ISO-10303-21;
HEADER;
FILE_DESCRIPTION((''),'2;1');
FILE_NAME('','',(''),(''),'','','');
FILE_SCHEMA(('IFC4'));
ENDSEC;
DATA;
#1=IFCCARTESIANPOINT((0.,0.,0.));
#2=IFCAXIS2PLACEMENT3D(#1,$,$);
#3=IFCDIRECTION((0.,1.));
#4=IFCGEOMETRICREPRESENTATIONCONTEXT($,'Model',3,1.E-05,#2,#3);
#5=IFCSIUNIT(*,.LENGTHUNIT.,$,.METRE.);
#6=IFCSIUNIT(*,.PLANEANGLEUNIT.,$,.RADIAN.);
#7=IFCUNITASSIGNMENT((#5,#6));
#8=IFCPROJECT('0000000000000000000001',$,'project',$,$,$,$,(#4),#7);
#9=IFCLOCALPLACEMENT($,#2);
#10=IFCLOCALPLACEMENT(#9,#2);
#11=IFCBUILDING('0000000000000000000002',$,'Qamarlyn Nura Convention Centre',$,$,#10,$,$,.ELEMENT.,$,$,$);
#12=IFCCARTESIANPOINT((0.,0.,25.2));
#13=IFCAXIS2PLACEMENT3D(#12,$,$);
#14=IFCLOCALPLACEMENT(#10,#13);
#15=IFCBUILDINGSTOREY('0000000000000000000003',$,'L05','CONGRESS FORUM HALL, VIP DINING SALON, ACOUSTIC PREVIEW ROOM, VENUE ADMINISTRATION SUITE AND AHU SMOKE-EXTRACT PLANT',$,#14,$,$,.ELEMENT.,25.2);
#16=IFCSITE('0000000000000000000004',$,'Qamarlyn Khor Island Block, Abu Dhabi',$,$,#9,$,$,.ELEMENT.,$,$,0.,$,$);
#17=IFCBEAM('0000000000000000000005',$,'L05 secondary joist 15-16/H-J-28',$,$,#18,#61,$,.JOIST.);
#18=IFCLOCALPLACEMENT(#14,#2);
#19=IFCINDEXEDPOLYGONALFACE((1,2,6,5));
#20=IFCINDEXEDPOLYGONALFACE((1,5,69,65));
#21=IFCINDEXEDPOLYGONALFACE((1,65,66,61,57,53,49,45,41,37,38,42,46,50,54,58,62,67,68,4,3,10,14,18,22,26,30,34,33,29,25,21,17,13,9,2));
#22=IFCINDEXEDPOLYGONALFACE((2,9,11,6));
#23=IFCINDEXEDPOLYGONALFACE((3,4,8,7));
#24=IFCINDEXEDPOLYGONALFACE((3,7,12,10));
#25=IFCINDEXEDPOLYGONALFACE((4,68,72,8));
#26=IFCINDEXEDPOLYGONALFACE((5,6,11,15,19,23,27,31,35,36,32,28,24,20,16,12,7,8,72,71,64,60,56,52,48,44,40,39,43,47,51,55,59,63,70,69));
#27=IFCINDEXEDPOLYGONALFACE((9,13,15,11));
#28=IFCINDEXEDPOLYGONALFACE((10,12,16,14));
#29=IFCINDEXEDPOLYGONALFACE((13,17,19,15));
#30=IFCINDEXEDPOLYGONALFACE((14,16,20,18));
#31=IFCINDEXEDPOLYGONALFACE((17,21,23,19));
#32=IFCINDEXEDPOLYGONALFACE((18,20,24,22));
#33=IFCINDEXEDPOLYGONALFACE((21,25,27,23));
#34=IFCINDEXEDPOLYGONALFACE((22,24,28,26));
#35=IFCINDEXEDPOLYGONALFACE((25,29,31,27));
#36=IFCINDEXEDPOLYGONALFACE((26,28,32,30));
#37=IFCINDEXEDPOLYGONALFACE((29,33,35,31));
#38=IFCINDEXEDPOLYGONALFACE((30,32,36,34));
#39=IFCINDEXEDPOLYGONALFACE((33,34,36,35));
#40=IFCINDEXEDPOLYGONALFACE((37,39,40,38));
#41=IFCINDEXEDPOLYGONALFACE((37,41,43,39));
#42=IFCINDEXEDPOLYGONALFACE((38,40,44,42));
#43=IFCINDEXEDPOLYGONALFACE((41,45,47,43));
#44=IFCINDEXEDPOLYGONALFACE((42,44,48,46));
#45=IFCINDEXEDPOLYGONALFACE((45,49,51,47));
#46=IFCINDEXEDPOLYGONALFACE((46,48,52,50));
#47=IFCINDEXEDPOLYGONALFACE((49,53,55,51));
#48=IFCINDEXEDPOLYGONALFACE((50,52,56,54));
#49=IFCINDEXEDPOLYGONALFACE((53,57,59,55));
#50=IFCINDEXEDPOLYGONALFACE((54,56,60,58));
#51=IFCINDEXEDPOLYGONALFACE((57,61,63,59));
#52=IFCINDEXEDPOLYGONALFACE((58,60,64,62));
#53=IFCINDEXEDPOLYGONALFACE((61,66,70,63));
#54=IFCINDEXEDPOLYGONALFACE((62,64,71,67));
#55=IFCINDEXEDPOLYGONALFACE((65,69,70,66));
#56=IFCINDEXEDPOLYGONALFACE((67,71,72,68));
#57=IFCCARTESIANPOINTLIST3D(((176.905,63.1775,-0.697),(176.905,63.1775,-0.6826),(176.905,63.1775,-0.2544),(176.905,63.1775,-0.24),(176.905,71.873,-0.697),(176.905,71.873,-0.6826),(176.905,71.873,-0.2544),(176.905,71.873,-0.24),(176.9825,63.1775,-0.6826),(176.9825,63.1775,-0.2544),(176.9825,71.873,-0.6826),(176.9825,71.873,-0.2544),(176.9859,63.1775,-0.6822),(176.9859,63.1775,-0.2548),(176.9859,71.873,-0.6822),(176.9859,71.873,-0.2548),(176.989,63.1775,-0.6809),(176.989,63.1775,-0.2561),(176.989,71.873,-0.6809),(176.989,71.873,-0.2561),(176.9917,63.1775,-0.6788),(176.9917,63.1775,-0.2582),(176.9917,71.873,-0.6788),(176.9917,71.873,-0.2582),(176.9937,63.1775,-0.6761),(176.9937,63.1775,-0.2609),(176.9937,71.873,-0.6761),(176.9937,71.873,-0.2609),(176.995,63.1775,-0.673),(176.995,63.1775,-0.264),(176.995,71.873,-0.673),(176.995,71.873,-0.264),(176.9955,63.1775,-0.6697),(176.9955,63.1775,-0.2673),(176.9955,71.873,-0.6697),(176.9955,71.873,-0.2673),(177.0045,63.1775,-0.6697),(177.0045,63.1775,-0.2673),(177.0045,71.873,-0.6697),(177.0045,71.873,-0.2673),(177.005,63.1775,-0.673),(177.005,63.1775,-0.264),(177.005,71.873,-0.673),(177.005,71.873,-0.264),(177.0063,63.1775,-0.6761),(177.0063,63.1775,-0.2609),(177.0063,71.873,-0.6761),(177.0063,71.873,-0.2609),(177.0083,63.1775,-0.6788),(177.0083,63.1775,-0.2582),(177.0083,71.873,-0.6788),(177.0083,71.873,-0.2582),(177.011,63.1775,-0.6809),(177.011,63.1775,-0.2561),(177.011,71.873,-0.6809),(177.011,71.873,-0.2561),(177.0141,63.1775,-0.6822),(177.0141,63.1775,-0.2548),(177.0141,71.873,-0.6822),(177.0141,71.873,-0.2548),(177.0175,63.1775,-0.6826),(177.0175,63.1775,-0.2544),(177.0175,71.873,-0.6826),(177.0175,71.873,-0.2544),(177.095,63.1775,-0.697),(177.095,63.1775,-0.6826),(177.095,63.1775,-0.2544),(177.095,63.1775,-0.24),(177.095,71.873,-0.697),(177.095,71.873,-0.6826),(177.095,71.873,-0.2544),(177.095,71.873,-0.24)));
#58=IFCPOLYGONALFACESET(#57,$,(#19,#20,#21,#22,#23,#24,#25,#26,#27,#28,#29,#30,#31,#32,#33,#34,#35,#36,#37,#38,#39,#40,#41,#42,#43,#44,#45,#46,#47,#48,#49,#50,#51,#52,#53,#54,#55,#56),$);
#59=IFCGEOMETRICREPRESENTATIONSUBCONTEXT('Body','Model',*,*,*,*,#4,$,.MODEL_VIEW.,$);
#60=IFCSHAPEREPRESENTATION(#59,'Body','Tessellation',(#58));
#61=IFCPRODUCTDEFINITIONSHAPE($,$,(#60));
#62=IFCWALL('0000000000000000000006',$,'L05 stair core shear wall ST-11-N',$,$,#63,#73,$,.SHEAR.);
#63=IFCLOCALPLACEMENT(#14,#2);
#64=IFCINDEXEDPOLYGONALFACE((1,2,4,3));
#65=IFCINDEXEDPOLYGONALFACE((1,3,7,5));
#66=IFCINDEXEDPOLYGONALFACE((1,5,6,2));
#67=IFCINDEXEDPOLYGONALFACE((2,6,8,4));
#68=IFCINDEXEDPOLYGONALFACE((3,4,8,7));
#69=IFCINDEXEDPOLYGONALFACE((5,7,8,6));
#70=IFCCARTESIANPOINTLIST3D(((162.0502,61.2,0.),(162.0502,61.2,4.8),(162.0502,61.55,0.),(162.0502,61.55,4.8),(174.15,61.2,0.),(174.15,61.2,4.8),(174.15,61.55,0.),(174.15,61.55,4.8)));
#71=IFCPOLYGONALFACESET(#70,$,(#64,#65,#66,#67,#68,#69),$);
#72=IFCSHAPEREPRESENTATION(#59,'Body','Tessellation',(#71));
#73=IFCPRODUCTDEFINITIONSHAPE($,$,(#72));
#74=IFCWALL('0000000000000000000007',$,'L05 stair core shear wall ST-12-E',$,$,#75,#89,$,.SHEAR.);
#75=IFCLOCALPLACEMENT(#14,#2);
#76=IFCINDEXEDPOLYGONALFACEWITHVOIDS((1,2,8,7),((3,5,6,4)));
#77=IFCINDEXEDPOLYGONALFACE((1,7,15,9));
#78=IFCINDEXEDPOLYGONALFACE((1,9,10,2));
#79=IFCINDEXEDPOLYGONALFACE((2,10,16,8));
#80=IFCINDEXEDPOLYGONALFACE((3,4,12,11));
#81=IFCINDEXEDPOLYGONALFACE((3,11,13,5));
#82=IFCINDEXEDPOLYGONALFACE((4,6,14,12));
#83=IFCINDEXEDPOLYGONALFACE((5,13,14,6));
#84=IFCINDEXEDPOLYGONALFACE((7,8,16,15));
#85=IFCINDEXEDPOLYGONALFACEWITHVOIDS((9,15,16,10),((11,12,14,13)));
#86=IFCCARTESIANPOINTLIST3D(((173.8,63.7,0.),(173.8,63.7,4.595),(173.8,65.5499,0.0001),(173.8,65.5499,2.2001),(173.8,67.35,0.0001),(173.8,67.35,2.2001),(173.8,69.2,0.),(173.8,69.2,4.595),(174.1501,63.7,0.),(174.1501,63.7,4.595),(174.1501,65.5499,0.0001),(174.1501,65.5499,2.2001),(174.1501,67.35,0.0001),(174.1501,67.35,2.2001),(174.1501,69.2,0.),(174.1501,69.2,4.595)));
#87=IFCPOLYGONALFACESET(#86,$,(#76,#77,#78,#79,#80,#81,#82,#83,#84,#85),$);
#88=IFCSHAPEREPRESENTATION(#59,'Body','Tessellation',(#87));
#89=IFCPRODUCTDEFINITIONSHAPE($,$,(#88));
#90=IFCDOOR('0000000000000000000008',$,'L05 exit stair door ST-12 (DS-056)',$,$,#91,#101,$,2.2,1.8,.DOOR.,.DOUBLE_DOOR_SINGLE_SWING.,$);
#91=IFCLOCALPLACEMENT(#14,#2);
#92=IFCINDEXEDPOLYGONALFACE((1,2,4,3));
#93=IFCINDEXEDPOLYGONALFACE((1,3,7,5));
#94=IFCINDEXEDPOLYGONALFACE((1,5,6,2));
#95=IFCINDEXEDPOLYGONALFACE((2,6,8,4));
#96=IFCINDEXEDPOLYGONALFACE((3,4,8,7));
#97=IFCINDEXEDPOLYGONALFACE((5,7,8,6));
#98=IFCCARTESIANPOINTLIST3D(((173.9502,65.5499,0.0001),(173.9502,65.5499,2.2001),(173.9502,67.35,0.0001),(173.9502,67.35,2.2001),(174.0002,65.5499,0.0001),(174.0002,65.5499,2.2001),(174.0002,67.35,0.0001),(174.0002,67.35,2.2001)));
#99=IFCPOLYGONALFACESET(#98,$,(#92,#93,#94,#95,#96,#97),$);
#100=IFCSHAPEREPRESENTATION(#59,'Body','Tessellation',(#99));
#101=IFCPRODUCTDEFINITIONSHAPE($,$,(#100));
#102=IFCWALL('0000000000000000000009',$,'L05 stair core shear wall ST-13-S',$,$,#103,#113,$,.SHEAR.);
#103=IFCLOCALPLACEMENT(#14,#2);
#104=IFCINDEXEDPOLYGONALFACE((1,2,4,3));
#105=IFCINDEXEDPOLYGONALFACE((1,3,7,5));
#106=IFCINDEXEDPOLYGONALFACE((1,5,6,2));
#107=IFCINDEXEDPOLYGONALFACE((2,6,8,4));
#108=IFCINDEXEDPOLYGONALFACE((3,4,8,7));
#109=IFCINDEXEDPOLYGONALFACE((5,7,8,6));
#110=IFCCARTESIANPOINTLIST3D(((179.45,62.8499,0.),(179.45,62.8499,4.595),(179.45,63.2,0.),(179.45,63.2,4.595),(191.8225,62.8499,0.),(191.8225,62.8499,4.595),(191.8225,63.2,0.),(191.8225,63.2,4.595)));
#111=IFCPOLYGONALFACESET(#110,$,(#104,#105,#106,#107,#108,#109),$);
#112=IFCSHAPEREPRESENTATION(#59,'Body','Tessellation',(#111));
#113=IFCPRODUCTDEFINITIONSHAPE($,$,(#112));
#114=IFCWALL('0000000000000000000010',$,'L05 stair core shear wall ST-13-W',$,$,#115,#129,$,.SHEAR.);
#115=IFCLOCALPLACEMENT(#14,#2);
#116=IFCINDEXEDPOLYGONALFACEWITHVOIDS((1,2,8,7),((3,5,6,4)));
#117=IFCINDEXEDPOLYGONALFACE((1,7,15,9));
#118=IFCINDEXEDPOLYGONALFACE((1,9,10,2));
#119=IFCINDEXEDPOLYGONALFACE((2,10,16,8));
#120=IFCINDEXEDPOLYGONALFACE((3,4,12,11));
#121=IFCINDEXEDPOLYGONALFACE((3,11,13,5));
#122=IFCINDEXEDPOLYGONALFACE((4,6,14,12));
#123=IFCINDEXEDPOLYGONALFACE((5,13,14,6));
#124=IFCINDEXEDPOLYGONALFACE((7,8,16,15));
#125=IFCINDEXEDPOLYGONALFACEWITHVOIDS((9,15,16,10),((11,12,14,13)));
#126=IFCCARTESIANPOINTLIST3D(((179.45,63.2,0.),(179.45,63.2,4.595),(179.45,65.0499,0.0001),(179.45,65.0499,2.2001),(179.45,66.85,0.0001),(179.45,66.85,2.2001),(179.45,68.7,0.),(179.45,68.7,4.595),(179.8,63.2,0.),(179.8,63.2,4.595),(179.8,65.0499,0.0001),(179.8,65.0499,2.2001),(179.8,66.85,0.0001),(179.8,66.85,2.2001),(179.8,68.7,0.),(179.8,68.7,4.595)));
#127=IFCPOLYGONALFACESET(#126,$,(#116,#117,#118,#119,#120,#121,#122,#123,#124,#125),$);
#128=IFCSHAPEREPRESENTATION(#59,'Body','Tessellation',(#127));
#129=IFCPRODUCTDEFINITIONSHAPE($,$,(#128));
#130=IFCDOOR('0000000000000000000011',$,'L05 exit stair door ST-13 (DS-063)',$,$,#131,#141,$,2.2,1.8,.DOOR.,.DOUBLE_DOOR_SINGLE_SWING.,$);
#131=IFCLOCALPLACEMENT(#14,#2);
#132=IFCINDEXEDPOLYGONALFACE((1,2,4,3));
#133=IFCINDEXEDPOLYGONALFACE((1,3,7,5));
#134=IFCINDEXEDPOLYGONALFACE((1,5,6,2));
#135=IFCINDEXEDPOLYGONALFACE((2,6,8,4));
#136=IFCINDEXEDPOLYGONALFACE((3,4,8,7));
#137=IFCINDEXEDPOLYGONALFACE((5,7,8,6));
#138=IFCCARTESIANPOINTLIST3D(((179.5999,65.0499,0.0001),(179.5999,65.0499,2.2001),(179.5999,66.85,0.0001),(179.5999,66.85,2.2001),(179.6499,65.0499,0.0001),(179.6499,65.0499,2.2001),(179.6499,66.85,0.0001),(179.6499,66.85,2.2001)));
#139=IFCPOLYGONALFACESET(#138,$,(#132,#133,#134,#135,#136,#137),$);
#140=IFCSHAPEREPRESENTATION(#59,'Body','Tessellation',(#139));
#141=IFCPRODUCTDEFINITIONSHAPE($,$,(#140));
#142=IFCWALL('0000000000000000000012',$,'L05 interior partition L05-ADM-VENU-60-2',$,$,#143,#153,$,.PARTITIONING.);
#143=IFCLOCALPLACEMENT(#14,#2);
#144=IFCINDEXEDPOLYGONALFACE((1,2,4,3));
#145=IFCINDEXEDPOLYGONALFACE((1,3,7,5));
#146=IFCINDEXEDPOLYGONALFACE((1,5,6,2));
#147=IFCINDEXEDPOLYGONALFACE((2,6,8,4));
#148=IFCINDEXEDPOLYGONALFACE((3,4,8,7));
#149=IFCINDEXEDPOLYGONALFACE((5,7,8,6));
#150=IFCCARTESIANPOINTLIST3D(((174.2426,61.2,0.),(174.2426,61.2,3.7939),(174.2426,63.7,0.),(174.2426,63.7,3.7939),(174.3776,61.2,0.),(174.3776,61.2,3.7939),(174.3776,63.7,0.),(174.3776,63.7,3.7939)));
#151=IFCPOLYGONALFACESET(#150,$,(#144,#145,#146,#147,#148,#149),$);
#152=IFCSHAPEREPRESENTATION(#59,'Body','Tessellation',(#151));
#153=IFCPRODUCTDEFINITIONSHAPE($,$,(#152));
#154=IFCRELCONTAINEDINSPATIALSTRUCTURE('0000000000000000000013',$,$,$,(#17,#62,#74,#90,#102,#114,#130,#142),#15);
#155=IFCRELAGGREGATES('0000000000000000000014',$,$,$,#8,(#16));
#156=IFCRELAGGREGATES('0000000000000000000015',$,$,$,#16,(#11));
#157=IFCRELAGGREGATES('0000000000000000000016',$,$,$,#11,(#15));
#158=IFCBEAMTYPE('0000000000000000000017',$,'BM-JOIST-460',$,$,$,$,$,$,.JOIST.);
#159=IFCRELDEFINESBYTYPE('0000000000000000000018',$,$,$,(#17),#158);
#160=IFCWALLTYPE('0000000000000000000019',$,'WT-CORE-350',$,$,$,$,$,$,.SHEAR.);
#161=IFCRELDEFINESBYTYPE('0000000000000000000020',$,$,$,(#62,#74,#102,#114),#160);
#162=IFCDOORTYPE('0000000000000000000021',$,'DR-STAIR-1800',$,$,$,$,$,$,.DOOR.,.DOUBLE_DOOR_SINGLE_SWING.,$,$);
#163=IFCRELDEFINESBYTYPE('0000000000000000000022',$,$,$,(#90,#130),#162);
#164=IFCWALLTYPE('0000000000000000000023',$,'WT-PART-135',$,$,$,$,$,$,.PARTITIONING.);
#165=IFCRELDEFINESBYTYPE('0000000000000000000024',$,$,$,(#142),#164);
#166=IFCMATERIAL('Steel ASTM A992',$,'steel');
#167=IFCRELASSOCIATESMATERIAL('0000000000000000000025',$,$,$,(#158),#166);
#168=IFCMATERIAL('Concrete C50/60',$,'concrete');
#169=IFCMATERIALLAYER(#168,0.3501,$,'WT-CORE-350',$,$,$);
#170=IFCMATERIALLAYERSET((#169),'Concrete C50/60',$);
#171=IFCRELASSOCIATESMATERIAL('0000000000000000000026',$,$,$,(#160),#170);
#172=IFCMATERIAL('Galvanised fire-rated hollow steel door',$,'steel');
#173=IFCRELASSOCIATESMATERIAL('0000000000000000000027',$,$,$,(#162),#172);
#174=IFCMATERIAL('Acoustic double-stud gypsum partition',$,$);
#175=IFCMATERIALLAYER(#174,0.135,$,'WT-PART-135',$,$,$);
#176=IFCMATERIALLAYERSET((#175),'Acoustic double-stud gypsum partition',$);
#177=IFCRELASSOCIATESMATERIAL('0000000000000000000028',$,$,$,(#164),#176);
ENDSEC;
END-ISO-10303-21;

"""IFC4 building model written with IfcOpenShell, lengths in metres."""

from ifc_helpers import new_model, si_unit, direction, frame, frame_2d, origin, origin_2d, place, context, subcontext, project, spatial, rectangle, i_section, extrude, material, layer, layer_set, material_profile, profile_set, type_object, element, fill, save


model = new_model("IFC4")

# Units and contexts
model_context = context("Model", 3, precision=1e-05, world=origin(), true_north=direction((0.0, 1.0)))
body_context = subcontext(model_context, "Body", "Model", "MODEL_VIEW")
ifc_project = project(units=[si_unit("LENGTHUNIT", "METRE"), si_unit("PLANEANGLEUNIT", "RADIAN")], contexts=[model_context])

# Site, building, storey
site_placement = place(None, origin())
site = spatial("IfcSite", under=ifc_project, at=site_placement, Name="Qamarlyn Khor Island Block, Abu Dhabi", CompositionType="ELEMENT", RefElevation=0.0)
building_placement = place(site_placement, origin())
building = spatial("IfcBuilding", under=site, at=building_placement, Name="Qamarlyn Nura Convention Centre", CompositionType="ELEMENT")
storey_placement = place(building_placement, frame((0.0, 0.0, 25.2)))
storey = spatial("IfcBuildingStorey", under=building, at=storey_placement, Name="L05", Description="CONGRESS FORUM HALL, VIP DINING SALON, ACOUSTIC PREVIEW ROOM, VENUE ADMINISTRATION SUITE AND AHU SMOKE-EXTRACT PLANT", CompositionType="ELEMENT", Elevation=25.2)

# Shared definitions
ifc_material_1 = material(Name="Steel ASTM A992", Category="steel")

# Beam
ifc_material_profile_1 = material_profile(ifc_material_1, i_section(OverallWidth=0.1899, OverallDepth=0.457, WebThickness=0.009, FlangeThickness=0.0144, FilletRadius=0.0129, at=origin_2d()), Name="W460X74")
ifc_profile_set_1 = profile_set([ifc_material_profile_1], Name="Steel ASTM A992")
beam_type_1 = type_object("IfcBeamType", Name="BM-JOIST-460", PredefinedType="JOIST", material=ifc_profile_set_1)
for number, where, z_axis, x_axis, name in (
    (1, (177.0, 63.1775, -0.4685), (0.0, 1.0, 0.0), (-1.0, 0.0, 0.0), "L05 secondary joist 15-16/H-J-28"),
):
    element("IfcBeam", number, at=place(storey_placement, frame(where, z_axis=z_axis, x_axis=x_axis)), inside=storey, type_object=beam_type_1, Name=name, PredefinedType="JOIST", context=body_context, shape_type="SweptSolid", body=[
        extrude(i_section(OverallWidth=0.1899, OverallDepth=0.457, WebThickness=0.009, FlangeThickness=0.0144, FilletRadius=0.0129, at=origin_2d()), origin(), (0.0, 0.0, 1.0), 8.6956),
    ])

# Wall
ifc_material_2 = material(Name="Concrete C50/60", Category="concrete")
ifc_layer_1 = layer(ifc_material_2, 0.3501, Name="WT-CORE-350")
ifc_layer_set_1 = layer_set([ifc_layer_1], Name="Concrete C50/60")
wall_type_1 = type_object("IfcWallType", Name="WT-CORE-350", PredefinedType="SHEAR", material=ifc_layer_set_1)
wall_1_placement = place(storey_placement, frame((174.1499, 61.375, 0.0), z_axis=(0.0, 0.0, 1.0), x_axis=(-1.0, 0.0, 0.0)))
element("IfcWall", 2, at=wall_1_placement, inside=storey, type_object=wall_type_1, Name="L05 stair core shear wall ST-11-N", PredefinedType="SHEAR", context=body_context, shape_type="SweptSolid", body=[
    extrude(rectangle(XDim=12.0999, YDim=0.3501, at=frame_2d((6.0498, 0.0))), origin(), (0.0, 0.0, 1.0), 4.8),
])

# Wall, opening, door
wall_2_placement = place(storey_placement, frame((173.9751, 63.7, 0.0), z_axis=(0.0, 0.0, 1.0), x_axis=(0.0, 1.0, 0.0)))
wall_2 = element("IfcWall", 3, at=wall_2_placement, inside=storey, type_object=wall_type_1, Name="L05 stair core shear wall ST-12-E", PredefinedType="SHEAR", context=body_context, shape_type="SweptSolid", body=[
    extrude(rectangle(XDim=5.5, YDim=0.3501, at=frame_2d((2.75, 0.0))), origin(), (0.0, 0.0, 1.0), 4.595),
])
opening_1_placement = place(wall_2_placement, frame((1.8501, 0.0, 0.0)))
opening_1 = element("IfcOpeningElement", 4, at=opening_1_placement, cuts=wall_2, PredefinedType="OPENING", context=body_context, shape_type="SweptSolid", body=[
    extrude(rectangle(XDim=1.8, YDim=2.2, at=frame_2d((0.8999, 1.1001))), frame((0.0, 0.1851, 0.0), z_axis=(0.0, -1.0, 0.0), x_axis=(1.0, 0.0, 0.0)), (0.0, 0.0, 1.0), 0.3701),
])
ifc_material_3 = material(Name="Galvanised fire-rated hollow steel door", Category="steel")
door_type_1 = type_object("IfcDoorType", Name="DR-STAIR-1800", OperationType="DOUBLE_DOOR_SINGLE_SWING", PredefinedType="DOOR", material=ifc_material_3)
door_1_placement = place(opening_1_placement, origin())
door_1 = element("IfcDoor", 5, at=door_1_placement, inside=storey, type_object=door_type_1, Name="L05 exit stair door ST-12 (DS-056)", OperationType="DOUBLE_DOOR_SINGLE_SWING", OverallHeight=2.2, OverallWidth=1.8, PredefinedType="DOOR", context=body_context, shape_type="SweptSolid", body=[
    extrude(rectangle(XDim=1.8, YDim=2.2, at=frame_2d((0.8999, 1.1001))), frame((0.0, 0.0249, 0.0), z_axis=(0.0, -1.0, 0.0), x_axis=(1.0, 0.0, 0.0)), (0.0, 0.0, 1.0), 0.05),
])
fill(opening_1, door_1)

# Wall
wall_3_placement = place(storey_placement, frame((179.45, 63.0249, 0.0), z_axis=(0.0, 0.0, 1.0), x_axis=(1.0, 0.0, 0.0)))
element("IfcWall", 6, at=wall_3_placement, inside=storey, type_object=wall_type_1, Name="L05 stair core shear wall ST-13-S", PredefinedType="SHEAR", context=body_context, shape_type="SweptSolid", body=[
    extrude(rectangle(XDim=12.3726, YDim=0.3501, at=frame_2d((6.1863, 0.0))), origin(), (0.0, 0.0, 1.0), 4.595),
])

# Wall, opening, door
wall_4_placement = place(storey_placement, frame((179.625, 68.7, 0.0), z_axis=(0.0, 0.0, 1.0), x_axis=(0.0, -1.0, 0.0)))
wall_4 = element("IfcWall", 7, at=wall_4_placement, inside=storey, type_object=wall_type_1, Name="L05 stair core shear wall ST-13-W", PredefinedType="SHEAR", context=body_context, shape_type="SweptSolid", body=[
    extrude(rectangle(XDim=5.5, YDim=0.3501, at=frame_2d((2.75, 0.0))), origin(), (0.0, 0.0, 1.0), 4.595),
])
opening_2_placement = place(wall_4_placement, frame((1.8501, 0.0, 0.0)))
opening_2 = element("IfcOpeningElement", 8, at=opening_2_placement, cuts=wall_4, PredefinedType="OPENING", context=body_context, shape_type="SweptSolid", body=[
    extrude(rectangle(XDim=1.8, YDim=2.2, at=frame_2d((0.8999, 1.1001))), frame((0.0, 0.1851, 0.0), z_axis=(0.0, -1.0, 0.0), x_axis=(1.0, 0.0, 0.0)), (0.0, 0.0, 1.0), 0.3701),
])
door_2_placement = place(opening_2_placement, origin())
door_2 = element("IfcDoor", 9, at=door_2_placement, inside=storey, type_object=door_type_1, Name="L05 exit stair door ST-13 (DS-063)", OperationType="DOUBLE_DOOR_SINGLE_SWING", OverallHeight=2.2, OverallWidth=1.8, PredefinedType="DOOR", context=body_context, shape_type="SweptSolid", body=[
    extrude(rectangle(XDim=1.8, YDim=2.2, at=frame_2d((0.8999, 1.1001))), frame((0.0, 0.0249, 0.0), z_axis=(0.0, -1.0, 0.0), x_axis=(1.0, 0.0, 0.0)), (0.0, 0.0, 1.0), 0.05),
])
fill(opening_2, door_2)

# Wall
ifc_material_4 = material(Name="Acoustic double-stud gypsum partition")
ifc_layer_2 = layer(ifc_material_4, 0.135, Name="WT-PART-135")
ifc_layer_set_2 = layer_set([ifc_layer_2], Name="Acoustic double-stud gypsum partition")
wall_type_2 = type_object("IfcWallType", Name="WT-PART-135", PredefinedType="PARTITIONING", material=ifc_layer_set_2)
wall_5_placement = place(storey_placement, frame((174.3101, 63.7, 0.0), z_axis=(0.0, 0.0, 1.0), x_axis=(0.0, -1.0, 0.0)))
element("IfcWall", 10, at=wall_5_placement, inside=storey, type_object=wall_type_2, Name="L05 interior partition L05-ADM-VENU-60-2", PredefinedType="PARTITIONING", context=body_context, shape_type="SweptSolid", body=[
    extrude(rectangle(XDim=2.5, YDim=0.135, at=frame_2d((1.25, 0.0))), origin(), (0.0, 0.0, 1.0), 3.7939),
])

save(model, "model.ifc")
